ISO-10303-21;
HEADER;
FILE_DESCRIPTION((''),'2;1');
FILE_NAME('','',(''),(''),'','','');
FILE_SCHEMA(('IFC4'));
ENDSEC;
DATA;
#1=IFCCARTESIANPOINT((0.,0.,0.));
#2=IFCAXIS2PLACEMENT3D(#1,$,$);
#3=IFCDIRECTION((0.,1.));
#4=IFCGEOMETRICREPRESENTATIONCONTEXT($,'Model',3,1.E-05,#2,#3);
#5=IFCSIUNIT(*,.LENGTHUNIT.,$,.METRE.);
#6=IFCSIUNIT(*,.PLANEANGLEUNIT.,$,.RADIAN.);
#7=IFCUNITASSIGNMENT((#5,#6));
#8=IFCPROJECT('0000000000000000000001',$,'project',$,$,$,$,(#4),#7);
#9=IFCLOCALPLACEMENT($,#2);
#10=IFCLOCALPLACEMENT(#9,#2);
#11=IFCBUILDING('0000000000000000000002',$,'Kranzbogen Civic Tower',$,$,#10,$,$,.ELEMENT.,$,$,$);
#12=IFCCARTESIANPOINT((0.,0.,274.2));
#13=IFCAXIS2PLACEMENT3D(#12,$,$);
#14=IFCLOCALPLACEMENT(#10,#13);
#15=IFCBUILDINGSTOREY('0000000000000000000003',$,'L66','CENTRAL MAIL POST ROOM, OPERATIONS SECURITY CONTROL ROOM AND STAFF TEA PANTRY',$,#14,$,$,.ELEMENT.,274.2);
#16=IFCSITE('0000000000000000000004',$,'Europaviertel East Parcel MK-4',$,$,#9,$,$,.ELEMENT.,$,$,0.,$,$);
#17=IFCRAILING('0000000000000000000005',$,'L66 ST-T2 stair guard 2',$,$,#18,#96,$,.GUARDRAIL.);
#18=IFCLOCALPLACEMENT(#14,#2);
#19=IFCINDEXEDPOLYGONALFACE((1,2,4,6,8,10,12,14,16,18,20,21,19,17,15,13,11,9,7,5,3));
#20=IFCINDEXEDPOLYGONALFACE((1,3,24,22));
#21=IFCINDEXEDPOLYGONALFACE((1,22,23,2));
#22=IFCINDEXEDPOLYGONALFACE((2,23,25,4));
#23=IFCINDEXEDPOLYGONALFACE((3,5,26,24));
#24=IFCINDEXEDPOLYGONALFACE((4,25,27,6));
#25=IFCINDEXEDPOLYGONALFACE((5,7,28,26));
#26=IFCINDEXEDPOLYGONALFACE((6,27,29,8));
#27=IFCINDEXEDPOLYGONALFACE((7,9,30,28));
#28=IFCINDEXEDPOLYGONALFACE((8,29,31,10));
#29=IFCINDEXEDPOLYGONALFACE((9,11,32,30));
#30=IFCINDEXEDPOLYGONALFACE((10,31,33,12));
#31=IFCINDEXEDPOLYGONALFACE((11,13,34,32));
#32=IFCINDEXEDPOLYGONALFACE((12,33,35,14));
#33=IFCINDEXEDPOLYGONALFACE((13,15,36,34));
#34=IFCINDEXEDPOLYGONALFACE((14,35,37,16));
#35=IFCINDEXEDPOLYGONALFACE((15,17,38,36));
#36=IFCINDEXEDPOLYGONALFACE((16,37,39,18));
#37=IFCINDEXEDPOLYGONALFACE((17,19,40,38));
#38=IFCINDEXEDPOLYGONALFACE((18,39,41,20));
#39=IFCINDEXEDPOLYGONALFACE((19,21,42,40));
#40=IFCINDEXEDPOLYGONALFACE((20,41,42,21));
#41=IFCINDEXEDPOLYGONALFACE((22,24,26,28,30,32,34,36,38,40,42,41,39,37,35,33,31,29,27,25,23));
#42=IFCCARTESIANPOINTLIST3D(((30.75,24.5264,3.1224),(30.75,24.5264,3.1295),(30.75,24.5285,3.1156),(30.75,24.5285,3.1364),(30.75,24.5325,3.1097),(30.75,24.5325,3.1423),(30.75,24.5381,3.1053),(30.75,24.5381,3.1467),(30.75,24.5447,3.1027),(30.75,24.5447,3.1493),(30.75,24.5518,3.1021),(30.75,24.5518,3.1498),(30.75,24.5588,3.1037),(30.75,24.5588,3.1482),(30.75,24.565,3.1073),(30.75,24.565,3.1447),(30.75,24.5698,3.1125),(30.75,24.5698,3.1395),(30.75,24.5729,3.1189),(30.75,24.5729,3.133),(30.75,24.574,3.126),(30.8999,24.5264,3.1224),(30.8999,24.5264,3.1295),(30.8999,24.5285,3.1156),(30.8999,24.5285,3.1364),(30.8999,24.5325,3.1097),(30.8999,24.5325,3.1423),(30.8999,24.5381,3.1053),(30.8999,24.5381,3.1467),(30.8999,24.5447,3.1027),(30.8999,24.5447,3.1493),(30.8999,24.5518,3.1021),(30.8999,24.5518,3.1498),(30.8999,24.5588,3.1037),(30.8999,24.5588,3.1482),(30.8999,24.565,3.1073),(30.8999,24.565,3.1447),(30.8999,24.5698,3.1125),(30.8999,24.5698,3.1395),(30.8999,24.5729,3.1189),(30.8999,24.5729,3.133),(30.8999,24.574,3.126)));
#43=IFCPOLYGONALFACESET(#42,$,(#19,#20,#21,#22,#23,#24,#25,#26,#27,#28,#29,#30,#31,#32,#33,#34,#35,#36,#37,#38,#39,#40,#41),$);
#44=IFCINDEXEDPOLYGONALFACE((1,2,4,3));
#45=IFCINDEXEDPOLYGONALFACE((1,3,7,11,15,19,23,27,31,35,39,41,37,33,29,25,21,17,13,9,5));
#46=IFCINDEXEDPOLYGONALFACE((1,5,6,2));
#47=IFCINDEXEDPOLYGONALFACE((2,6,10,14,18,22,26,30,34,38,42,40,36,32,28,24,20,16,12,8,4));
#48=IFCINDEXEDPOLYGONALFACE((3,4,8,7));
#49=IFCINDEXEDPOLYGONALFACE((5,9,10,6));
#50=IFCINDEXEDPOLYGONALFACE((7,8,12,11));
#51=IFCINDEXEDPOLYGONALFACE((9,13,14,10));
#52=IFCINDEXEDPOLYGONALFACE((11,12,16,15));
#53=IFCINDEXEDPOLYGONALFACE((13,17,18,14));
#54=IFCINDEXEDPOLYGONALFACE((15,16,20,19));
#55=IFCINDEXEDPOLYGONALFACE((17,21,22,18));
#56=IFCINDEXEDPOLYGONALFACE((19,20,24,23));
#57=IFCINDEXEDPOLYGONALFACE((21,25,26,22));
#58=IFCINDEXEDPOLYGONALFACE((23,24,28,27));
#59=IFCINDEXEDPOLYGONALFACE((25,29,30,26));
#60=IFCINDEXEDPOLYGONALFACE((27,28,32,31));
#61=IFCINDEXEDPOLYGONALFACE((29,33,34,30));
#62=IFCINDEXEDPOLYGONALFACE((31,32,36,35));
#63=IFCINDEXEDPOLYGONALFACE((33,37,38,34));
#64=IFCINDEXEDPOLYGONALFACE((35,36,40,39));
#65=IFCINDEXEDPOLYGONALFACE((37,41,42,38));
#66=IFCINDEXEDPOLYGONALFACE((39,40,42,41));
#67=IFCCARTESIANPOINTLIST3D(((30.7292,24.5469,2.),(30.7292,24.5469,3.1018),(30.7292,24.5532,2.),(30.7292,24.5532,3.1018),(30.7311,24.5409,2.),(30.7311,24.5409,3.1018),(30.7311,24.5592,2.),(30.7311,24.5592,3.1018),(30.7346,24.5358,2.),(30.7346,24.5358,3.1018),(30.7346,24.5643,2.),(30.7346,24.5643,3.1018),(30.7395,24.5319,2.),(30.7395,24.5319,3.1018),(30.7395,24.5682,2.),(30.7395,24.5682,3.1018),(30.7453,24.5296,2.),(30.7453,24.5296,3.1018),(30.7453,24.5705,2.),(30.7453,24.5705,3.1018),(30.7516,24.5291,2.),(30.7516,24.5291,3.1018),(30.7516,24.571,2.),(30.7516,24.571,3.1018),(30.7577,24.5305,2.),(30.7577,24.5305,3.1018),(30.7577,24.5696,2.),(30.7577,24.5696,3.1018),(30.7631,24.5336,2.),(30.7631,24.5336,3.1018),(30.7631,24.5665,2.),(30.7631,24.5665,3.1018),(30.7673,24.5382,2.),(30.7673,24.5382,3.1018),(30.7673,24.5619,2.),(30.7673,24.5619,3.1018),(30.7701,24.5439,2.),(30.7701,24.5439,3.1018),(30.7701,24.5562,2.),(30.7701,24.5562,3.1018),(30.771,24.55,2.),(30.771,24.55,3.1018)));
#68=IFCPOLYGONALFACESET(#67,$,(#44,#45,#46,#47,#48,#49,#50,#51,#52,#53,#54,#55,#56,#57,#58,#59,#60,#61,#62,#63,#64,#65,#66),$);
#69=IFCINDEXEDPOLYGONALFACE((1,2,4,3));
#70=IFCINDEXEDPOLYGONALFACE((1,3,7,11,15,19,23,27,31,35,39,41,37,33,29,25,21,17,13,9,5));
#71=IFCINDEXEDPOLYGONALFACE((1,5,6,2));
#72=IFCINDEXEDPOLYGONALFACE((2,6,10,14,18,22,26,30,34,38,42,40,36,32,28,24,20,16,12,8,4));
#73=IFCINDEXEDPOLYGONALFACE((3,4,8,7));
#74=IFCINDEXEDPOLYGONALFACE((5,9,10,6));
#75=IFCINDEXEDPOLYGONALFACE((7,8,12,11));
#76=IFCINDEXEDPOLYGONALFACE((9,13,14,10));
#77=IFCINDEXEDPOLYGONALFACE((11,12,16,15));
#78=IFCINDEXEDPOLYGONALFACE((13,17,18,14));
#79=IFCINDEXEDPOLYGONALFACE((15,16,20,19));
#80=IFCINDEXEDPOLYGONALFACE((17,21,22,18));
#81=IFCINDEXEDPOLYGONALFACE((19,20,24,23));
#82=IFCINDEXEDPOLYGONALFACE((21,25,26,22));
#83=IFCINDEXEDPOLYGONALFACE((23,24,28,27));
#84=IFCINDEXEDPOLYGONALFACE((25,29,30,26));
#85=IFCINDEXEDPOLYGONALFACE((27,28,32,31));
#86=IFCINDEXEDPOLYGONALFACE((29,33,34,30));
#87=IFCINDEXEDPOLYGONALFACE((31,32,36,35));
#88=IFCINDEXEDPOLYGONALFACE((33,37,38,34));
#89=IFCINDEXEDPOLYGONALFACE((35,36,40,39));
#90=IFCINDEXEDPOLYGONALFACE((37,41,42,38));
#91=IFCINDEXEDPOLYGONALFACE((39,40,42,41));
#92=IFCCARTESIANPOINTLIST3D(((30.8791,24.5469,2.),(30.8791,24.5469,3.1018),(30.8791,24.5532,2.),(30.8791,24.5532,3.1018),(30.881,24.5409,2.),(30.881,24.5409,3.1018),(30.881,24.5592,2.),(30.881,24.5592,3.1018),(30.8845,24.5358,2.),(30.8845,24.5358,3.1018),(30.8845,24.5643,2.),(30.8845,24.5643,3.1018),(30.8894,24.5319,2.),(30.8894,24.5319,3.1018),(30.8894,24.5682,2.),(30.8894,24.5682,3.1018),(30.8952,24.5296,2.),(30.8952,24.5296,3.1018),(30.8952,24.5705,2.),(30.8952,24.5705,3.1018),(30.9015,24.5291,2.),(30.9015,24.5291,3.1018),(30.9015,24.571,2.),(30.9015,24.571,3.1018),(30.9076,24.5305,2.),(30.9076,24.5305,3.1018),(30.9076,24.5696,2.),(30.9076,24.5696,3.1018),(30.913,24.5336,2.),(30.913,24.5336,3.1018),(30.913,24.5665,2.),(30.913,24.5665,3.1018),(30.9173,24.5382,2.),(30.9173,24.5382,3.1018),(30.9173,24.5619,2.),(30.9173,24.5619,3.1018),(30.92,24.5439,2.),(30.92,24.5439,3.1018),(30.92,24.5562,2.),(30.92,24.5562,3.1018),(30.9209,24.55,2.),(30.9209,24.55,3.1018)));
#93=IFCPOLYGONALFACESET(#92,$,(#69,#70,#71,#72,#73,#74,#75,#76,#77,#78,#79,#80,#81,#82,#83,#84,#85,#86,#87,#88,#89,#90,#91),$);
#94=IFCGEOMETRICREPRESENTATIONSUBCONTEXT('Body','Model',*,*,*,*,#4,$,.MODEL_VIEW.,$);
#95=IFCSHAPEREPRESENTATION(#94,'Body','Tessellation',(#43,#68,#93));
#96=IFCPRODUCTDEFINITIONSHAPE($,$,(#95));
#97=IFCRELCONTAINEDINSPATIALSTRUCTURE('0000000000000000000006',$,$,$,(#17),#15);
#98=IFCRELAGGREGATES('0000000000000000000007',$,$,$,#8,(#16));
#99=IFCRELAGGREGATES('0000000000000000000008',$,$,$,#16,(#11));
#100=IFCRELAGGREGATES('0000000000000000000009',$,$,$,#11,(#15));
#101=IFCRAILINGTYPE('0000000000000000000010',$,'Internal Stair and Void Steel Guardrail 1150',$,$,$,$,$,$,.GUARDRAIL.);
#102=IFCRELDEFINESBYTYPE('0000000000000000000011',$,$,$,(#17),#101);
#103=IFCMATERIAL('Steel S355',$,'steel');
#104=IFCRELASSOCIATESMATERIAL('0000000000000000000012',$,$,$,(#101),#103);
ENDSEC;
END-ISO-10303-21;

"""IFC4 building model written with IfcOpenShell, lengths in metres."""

from ifc_helpers import new_model, si_unit, direction, frame, origin, origin_2d, place, context, subcontext, project, spatial, circle, extrude, material, type_object, element, save


model = new_model("IFC4")

# Units and contexts
model_context = context("Model", 3, precision=1e-05, world=origin(), true_north=direction((0.0, 1.0)))
body_context = subcontext(model_context, "Body", "Model", "MODEL_VIEW")
ifc_project = project(units=[si_unit("LENGTHUNIT", "METRE"), si_unit("PLANEANGLEUNIT", "RADIAN")], contexts=[model_context])

# Site, building, storey
site_placement = place(None, origin())
site = spatial("IfcSite", under=ifc_project, at=site_placement, Name="Europaviertel East Parcel MK-4", CompositionType="ELEMENT", RefElevation=0.0)
building_placement = place(site_placement, origin())
building = spatial("IfcBuilding", under=site, at=building_placement, Name="Kranzbogen Civic Tower", CompositionType="ELEMENT")
storey_placement = place(building_placement, frame((0.0, 0.0, 274.2)))
storey = spatial("IfcBuildingStorey", under=building, at=storey_placement, Name="L66", Description="CENTRAL MAIL POST ROOM, OPERATIONS SECURITY CONTROL ROOM AND STAFF TEA PANTRY", CompositionType="ELEMENT", Elevation=274.2)

# Shared definitions
ifc_material_1 = material(Name="Steel S355", Category="steel")

# Railing
railing_type_1 = type_object("IfcRailingType", Name="Internal Stair and Void Steel Guardrail 1150", PredefinedType="GUARDRAIL", material=ifc_material_1)
railing_1_placement = place(storey_placement, frame((30.75, 24.55, 2.0)))
element("IfcRailing", 1, at=railing_1_placement, inside=storey, type_object=railing_type_1, Name="L66 ST-T2 stair guard 2", PredefinedType="GUARDRAIL", context=body_context, shape_type="SweptSolid", body=[
    extrude(circle(Radius=0.0239, at=origin_2d()), frame((0.0, 0.0, 1.126), z_axis=(1.0, 0.0, 0.0), x_axis=(0.0, 1.0, 0.0)), (0.0, 0.0, 1.0), 0.1499),
    extrude(circle(Radius=0.021, at=origin_2d()), origin(), (0.0, 0.0, 1.0), 1.1018),
    extrude(circle(Radius=0.021, at=origin_2d()), frame((0.1499, 0.0, 0.0)), (0.0, 0.0, 1.0), 1.1018),
])

save(model, "model.ifc")
